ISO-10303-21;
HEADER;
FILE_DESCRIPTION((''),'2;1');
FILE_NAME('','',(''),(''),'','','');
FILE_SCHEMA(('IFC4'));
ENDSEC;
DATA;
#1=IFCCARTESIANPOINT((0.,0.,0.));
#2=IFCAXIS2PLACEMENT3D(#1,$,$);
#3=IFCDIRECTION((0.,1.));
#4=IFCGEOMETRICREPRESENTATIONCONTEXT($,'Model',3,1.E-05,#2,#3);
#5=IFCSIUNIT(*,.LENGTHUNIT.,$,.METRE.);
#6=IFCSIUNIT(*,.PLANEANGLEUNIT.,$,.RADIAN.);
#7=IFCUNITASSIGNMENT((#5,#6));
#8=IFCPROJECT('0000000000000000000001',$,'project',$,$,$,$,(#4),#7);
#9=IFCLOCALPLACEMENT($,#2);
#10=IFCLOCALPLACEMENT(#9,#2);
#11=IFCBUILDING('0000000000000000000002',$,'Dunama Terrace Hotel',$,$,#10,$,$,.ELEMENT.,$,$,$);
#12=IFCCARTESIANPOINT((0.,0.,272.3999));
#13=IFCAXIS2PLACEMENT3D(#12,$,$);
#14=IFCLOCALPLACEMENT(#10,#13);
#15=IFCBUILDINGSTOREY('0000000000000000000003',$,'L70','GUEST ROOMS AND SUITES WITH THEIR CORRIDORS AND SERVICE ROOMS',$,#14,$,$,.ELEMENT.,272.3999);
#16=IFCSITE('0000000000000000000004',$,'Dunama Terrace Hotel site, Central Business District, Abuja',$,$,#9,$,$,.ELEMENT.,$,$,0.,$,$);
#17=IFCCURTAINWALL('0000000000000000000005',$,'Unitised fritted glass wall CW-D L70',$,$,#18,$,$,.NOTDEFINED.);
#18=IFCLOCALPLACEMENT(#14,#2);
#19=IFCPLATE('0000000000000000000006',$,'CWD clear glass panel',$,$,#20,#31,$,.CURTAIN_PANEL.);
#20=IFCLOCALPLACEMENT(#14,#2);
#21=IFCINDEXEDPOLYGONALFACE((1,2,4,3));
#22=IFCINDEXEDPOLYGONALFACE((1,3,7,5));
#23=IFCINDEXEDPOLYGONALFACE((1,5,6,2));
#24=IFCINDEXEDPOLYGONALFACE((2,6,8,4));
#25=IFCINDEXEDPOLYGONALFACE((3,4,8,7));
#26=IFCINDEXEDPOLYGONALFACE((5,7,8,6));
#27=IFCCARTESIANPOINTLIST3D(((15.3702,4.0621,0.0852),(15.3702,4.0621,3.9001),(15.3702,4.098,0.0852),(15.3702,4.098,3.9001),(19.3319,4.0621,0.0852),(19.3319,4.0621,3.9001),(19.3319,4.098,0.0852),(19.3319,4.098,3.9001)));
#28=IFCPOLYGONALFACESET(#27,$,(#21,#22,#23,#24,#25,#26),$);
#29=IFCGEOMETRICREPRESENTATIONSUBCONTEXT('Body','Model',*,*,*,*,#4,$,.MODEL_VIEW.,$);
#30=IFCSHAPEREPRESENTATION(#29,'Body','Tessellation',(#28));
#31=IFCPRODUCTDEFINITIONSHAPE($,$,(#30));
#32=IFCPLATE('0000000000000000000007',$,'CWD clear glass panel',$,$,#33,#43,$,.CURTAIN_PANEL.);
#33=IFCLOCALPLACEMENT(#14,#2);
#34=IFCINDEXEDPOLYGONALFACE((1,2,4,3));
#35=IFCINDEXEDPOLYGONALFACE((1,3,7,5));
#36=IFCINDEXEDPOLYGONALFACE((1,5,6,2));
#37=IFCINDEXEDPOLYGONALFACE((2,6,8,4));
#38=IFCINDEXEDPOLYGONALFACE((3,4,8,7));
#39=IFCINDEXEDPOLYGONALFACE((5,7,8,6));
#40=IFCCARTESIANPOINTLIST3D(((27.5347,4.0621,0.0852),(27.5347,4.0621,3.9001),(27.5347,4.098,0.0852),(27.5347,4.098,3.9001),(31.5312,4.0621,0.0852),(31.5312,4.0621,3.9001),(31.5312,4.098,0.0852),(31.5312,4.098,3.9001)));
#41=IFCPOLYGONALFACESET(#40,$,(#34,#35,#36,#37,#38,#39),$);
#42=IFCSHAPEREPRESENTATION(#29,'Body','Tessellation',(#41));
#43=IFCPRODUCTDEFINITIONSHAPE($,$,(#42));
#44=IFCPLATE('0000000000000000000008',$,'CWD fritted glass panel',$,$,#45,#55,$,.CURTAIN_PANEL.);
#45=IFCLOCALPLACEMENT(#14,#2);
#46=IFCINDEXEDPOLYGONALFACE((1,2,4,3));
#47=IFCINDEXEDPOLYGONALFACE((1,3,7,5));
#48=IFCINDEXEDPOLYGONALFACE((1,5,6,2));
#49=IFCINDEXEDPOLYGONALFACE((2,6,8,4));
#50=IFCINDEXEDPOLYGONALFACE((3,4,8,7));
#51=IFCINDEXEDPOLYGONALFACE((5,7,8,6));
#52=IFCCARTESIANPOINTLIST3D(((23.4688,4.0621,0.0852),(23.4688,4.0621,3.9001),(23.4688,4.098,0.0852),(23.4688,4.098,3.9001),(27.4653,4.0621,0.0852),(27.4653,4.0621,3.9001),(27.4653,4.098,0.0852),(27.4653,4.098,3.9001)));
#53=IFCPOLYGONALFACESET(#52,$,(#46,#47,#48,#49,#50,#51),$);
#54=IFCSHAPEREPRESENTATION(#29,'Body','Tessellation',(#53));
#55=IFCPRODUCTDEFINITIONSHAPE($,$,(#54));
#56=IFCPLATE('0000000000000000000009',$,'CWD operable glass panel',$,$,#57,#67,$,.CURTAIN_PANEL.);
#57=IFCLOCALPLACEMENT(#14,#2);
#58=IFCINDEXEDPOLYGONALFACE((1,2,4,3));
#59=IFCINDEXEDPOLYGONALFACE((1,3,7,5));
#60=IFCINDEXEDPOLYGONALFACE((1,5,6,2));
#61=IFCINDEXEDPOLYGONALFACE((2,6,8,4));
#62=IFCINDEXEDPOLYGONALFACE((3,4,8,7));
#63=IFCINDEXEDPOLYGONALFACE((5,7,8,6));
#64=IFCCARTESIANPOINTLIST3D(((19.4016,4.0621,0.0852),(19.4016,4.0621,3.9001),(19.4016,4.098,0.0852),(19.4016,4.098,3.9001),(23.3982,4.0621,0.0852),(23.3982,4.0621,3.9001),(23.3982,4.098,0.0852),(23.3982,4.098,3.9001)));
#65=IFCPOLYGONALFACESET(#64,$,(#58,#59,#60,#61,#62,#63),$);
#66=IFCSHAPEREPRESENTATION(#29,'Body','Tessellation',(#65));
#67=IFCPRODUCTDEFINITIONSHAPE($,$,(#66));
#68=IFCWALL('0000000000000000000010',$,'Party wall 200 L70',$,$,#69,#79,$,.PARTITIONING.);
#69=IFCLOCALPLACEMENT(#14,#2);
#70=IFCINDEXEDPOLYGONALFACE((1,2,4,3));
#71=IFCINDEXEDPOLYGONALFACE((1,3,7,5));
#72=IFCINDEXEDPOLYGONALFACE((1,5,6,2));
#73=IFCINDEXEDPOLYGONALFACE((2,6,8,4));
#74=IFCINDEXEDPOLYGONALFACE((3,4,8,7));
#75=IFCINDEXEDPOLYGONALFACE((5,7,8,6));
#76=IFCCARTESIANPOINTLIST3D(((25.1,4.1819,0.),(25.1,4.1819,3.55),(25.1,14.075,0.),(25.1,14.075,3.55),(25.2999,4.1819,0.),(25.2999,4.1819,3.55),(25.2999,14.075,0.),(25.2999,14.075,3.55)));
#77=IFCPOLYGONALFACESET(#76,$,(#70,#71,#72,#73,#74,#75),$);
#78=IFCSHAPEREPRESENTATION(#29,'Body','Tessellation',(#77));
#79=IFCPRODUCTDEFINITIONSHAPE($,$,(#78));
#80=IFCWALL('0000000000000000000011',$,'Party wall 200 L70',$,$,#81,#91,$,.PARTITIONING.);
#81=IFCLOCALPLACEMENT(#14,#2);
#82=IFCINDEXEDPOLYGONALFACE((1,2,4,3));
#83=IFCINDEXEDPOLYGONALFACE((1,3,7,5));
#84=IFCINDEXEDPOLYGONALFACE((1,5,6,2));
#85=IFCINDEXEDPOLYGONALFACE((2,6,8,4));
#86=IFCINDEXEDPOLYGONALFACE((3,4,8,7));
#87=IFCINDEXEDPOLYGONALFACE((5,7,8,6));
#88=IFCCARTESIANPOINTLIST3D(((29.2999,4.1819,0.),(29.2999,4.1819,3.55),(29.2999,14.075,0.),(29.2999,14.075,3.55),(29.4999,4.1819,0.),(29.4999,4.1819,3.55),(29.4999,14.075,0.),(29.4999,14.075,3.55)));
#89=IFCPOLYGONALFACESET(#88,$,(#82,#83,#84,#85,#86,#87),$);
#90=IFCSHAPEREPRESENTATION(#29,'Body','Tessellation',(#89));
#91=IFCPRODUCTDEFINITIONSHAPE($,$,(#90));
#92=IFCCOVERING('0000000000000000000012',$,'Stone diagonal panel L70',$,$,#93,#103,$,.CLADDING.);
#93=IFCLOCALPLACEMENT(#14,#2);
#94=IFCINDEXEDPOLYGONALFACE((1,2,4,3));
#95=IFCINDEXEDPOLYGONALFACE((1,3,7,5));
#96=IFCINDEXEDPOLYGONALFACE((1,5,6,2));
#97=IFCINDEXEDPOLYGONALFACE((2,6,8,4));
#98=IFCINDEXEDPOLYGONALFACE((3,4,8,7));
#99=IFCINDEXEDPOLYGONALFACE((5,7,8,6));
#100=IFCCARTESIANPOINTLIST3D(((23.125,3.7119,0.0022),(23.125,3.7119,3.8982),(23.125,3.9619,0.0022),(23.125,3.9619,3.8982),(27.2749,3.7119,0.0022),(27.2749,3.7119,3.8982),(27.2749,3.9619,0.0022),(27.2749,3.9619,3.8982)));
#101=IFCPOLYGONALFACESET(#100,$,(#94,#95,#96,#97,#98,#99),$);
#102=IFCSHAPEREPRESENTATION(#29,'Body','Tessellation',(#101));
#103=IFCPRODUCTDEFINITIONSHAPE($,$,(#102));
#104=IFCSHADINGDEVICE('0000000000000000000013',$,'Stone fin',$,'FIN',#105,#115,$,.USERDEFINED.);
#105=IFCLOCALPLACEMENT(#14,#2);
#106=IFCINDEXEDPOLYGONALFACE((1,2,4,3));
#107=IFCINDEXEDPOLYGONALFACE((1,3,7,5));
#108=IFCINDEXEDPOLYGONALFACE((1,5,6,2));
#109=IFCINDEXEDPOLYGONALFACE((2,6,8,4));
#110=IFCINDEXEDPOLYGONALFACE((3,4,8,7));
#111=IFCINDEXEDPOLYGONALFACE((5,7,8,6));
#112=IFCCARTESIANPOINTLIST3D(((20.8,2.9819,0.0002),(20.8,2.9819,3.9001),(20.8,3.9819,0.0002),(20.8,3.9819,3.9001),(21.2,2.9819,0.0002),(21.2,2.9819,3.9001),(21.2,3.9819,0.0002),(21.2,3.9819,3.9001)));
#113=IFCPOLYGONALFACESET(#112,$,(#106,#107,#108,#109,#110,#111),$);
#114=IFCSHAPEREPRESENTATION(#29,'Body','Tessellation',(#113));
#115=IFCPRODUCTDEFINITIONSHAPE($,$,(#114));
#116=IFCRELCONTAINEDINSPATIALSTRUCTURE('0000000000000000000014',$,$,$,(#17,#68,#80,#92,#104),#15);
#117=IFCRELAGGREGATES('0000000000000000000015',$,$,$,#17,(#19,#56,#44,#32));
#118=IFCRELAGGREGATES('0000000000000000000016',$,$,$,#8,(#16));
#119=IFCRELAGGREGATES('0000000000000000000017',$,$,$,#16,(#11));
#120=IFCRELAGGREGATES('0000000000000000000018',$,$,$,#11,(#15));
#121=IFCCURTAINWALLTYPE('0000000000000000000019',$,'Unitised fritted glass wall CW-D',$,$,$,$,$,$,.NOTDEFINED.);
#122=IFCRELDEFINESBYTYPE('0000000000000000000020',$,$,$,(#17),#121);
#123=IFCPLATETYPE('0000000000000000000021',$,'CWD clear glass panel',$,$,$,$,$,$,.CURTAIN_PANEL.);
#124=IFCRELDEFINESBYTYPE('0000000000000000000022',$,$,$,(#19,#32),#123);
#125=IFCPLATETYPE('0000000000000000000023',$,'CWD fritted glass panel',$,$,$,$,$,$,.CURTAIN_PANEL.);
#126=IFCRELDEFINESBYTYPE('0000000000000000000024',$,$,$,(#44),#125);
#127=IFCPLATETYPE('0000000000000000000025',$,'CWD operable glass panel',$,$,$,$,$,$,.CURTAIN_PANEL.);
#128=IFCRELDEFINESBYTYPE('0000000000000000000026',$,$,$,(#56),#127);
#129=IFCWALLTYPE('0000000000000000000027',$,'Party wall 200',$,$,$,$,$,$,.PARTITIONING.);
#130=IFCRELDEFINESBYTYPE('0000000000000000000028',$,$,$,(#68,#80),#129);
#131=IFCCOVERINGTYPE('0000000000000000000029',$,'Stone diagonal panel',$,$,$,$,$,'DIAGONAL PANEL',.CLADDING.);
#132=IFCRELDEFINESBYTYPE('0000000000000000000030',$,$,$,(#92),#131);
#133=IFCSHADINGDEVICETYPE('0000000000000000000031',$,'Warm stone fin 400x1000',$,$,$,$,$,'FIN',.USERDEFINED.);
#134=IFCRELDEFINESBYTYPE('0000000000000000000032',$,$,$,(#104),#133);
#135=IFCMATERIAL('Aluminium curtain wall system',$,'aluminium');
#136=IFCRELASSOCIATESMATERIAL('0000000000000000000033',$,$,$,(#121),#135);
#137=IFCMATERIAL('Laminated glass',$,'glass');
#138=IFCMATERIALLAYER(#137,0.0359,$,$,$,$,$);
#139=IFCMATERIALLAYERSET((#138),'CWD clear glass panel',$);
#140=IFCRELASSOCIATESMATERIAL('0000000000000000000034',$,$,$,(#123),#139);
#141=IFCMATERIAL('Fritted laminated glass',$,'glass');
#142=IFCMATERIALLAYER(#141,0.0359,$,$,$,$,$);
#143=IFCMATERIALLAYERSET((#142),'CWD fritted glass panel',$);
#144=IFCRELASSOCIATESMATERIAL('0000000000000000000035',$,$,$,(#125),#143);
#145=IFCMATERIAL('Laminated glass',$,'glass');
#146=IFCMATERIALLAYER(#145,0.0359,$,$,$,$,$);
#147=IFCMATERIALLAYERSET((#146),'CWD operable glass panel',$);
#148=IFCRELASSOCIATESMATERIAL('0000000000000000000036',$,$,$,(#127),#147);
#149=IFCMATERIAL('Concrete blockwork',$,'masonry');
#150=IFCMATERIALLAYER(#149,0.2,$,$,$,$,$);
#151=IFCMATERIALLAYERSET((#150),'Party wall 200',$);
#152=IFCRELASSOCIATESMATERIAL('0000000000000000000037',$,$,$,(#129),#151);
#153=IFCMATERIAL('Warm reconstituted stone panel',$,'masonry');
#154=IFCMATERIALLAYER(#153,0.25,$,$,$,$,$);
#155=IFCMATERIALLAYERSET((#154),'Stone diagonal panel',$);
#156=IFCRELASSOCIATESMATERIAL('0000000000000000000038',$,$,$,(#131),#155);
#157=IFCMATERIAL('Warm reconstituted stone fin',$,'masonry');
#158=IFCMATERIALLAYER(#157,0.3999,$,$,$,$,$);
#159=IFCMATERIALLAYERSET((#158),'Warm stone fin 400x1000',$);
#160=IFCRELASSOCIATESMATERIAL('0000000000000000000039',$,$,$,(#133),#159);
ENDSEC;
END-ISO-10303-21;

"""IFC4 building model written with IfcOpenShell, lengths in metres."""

from ifc_helpers import new_model, si_unit, direction, frame, frame_2d, origin, origin_2d, place, context, subcontext, project, spatial, rectangle, extrude, material, layer, layer_set, type_object, element, aggregate, save


model = new_model("IFC4")

# Units and contexts
model_context = context("Model", 3, precision=1e-05, world=origin(), true_north=direction((0.0, 1.0)))
body_context = subcontext(model_context, "Body", "Model", "MODEL_VIEW")
ifc_project = project(units=[si_unit("LENGTHUNIT", "METRE"), si_unit("PLANEANGLEUNIT", "RADIAN")], contexts=[model_context])

# Site, building, storey
site_placement = place(None, origin())
site = spatial("IfcSite", under=ifc_project, at=site_placement, Name="Dunama Terrace Hotel site, Central Business District, Abuja", CompositionType="ELEMENT", RefElevation=0.0)
building_placement = place(site_placement, origin())
building = spatial("IfcBuilding", under=site, at=building_placement, Name="Dunama Terrace Hotel", CompositionType="ELEMENT")
storey_placement = place(building_placement, frame((0.0, 0.0, 272.3999)))
storey = spatial("IfcBuildingStorey", under=building, at=storey_placement, Name="L70", Description="GUEST ROOMS AND SUITES WITH THEIR CORRIDORS AND SERVICE ROOMS", CompositionType="ELEMENT", Elevation=272.3999)

# Curtain wall
ifc_material_1 = material(Name="Aluminium curtain wall system", Category="aluminium")
curtain_wall_type = type_object("IfcCurtainWallType", Name="Unitised fritted glass wall CW-D", PredefinedType="NOTDEFINED", material=ifc_material_1)
curtain_wall_placement = place(storey_placement, origin())
curtain_wall = element("IfcCurtainWall", 1, at=curtain_wall_placement, inside=storey, type_object=curtain_wall_type, Name="Unitised fritted glass wall CW-D L70", PredefinedType="NOTDEFINED")

# Plates
ifc_material_2 = material(Name="Laminated glass", Category="glass")
ifc_layer_1 = layer(ifc_material_2, 0.0359)
ifc_layer_set_1 = layer_set([ifc_layer_1], Name="CWD clear glass panel")
plate_type_1 = type_object("IfcPlateType", Name="CWD clear glass panel", PredefinedType="CURTAIN_PANEL", material=ifc_layer_set_1)
plate_1_placement = place(storey_placement, frame((17.3511, 4.0801, 0.0852), z_axis=(0.0, 0.0, 1.0), x_axis=(1.0, 0.0, 0.0)))
plate_1 = element("IfcPlate", 2, at=plate_1_placement, type_object=plate_type_1, Name="CWD clear glass panel", PredefinedType="CURTAIN_PANEL", context=body_context, shape_type="SweptSolid", body=[
    extrude(rectangle(XDim=3.9617, YDim=0.0359, at=origin_2d()), origin(), (0.0, 0.0, 1.0), 3.8149),
])
plate_2_placement = place(storey_placement, frame((29.533, 4.0801, 0.0852), z_axis=(0.0, 0.0, 1.0), x_axis=(1.0, 0.0, 0.0)))
plate_2 = element("IfcPlate", 3, at=plate_2_placement, type_object=plate_type_1, Name="CWD clear glass panel", PredefinedType="CURTAIN_PANEL", context=body_context, shape_type="SweptSolid", body=[
    extrude(rectangle(XDim=3.9966, YDim=0.0359, at=origin_2d()), origin(), (0.0, 0.0, 1.0), 3.8149),
])
ifc_material_3 = material(Name="Fritted laminated glass", Category="glass")
ifc_layer_2 = layer(ifc_material_3, 0.0359)
ifc_layer_set_2 = layer_set([ifc_layer_2], Name="CWD fritted glass panel")
plate_type_2 = type_object("IfcPlateType", Name="CWD fritted glass panel", PredefinedType="CURTAIN_PANEL", material=ifc_layer_set_2)
plate_3_placement = place(storey_placement, frame((25.467, 4.0801, 0.0852), z_axis=(0.0, 0.0, 1.0), x_axis=(1.0, 0.0, 0.0)))
plate_3 = element("IfcPlate", 4, at=plate_3_placement, type_object=plate_type_2, Name="CWD fritted glass panel", PredefinedType="CURTAIN_PANEL", context=body_context, shape_type="SweptSolid", body=[
    extrude(rectangle(XDim=3.9966, YDim=0.0359, at=origin_2d()), origin(), (0.0, 0.0, 1.0), 3.8149),
])
ifc_material_4 = material(Name="Laminated glass", Category="glass")
ifc_layer_3 = layer(ifc_material_4, 0.0359)
ifc_layer_set_3 = layer_set([ifc_layer_3], Name="CWD operable glass panel")
plate_type_3 = type_object("IfcPlateType", Name="CWD operable glass panel", PredefinedType="CURTAIN_PANEL", material=ifc_layer_set_3)
plate_4_placement = place(storey_placement, frame((21.3999, 4.0801, 0.0852), z_axis=(0.0, 0.0, 1.0), x_axis=(1.0, 0.0, 0.0)))
plate_4 = element("IfcPlate", 5, at=plate_4_placement, type_object=plate_type_3, Name="CWD operable glass panel", PredefinedType="CURTAIN_PANEL", context=body_context, shape_type="SweptSolid", body=[
    extrude(rectangle(XDim=3.9966, YDim=0.0359, at=origin_2d()), origin(), (0.0, 0.0, 1.0), 3.8149),
])
aggregate(curtain_wall, [plate_1, plate_4, plate_3, plate_2])

# Walls
ifc_material_5 = material(Name="Concrete blockwork", Category="masonry")
ifc_layer_4 = layer(ifc_material_5, 0.2)
ifc_layer_set_4 = layer_set([ifc_layer_4], Name="Party wall 200")
wall_type = type_object("IfcWallType", Name="Party wall 200", PredefinedType="PARTITIONING", material=ifc_layer_set_4)
for number, where, z_axis, x_axis, name in (
    (6, (25.2, 4.1819, 0.0), (0.0, 0.0, 1.0), (0.0, 1.0, 0.0), "Party wall 200 L70"),
    (7, (29.3999, 4.1819, 0.0), (0.0, 0.0, 1.0), (0.0, 1.0, 0.0), "Party wall 200 L70"),
):
    element("IfcWall", number, at=place(storey_placement, frame(where, z_axis=z_axis, x_axis=x_axis)), inside=storey, type_object=wall_type, Name=name, PredefinedType="PARTITIONING", context=body_context, shape_type="SweptSolid", body=[
        extrude(rectangle(XDim=9.8931, YDim=0.2, at=frame_2d((4.9465, 0.0))), origin(), (0.0, 0.0, 1.0), 3.55),
    ])

# Covering
ifc_material_6 = material(Name="Warm reconstituted stone panel", Category="masonry")
ifc_layer_5 = layer(ifc_material_6, 0.25)
ifc_layer_set_5 = layer_set([ifc_layer_5], Name="Stone diagonal panel")
covering_type = type_object("IfcCoveringType", Name="Stone diagonal panel", ElementType="DIAGONAL PANEL", PredefinedType="CLADDING", material=ifc_layer_set_5)
covering_placement = place(storey_placement, frame((25.2, 3.8369, 0.0022), z_axis=(0.0, 0.0, 1.0), x_axis=(1.0, 0.0, 0.0)))
element("IfcCovering", 8, at=covering_placement, inside=storey, type_object=covering_type, Name="Stone diagonal panel L70", PredefinedType="CLADDING", context=body_context, shape_type="SweptSolid", body=[
    extrude(rectangle(XDim=4.1499, YDim=0.25, at=origin_2d()), origin(), (0.0, 0.0, 1.0), 3.896),
])

# Shading device
ifc_material_7 = material(Name="Warm reconstituted stone fin", Category="masonry")
ifc_layer_6 = layer(ifc_material_7, 0.3999)
ifc_layer_set_6 = layer_set([ifc_layer_6], Name="Warm stone fin 400x1000")
shading_device_type = type_object("IfcShadingDeviceType", Name="Warm stone fin 400x1000", ElementType="FIN", PredefinedType="USERDEFINED", material=ifc_layer_set_6)
shading_device_placement = place(storey_placement, frame((21.0, 3.4819, 0.0002), z_axis=(0.0, 0.0, 1.0), x_axis=(1.0, 0.0, 0.0)))
element("IfcShadingDevice", 9, at=shading_device_placement, inside=storey, type_object=shading_device_type, Name="Stone fin", ObjectType="FIN", PredefinedType="USERDEFINED", context=body_context, shape_type="SweptSolid", body=[
    extrude(rectangle(XDim=0.3999, YDim=1.0, at=origin_2d()), origin(), (0.0, 0.0, 1.0), 3.8999),
])

save(model, "model.ifc")
